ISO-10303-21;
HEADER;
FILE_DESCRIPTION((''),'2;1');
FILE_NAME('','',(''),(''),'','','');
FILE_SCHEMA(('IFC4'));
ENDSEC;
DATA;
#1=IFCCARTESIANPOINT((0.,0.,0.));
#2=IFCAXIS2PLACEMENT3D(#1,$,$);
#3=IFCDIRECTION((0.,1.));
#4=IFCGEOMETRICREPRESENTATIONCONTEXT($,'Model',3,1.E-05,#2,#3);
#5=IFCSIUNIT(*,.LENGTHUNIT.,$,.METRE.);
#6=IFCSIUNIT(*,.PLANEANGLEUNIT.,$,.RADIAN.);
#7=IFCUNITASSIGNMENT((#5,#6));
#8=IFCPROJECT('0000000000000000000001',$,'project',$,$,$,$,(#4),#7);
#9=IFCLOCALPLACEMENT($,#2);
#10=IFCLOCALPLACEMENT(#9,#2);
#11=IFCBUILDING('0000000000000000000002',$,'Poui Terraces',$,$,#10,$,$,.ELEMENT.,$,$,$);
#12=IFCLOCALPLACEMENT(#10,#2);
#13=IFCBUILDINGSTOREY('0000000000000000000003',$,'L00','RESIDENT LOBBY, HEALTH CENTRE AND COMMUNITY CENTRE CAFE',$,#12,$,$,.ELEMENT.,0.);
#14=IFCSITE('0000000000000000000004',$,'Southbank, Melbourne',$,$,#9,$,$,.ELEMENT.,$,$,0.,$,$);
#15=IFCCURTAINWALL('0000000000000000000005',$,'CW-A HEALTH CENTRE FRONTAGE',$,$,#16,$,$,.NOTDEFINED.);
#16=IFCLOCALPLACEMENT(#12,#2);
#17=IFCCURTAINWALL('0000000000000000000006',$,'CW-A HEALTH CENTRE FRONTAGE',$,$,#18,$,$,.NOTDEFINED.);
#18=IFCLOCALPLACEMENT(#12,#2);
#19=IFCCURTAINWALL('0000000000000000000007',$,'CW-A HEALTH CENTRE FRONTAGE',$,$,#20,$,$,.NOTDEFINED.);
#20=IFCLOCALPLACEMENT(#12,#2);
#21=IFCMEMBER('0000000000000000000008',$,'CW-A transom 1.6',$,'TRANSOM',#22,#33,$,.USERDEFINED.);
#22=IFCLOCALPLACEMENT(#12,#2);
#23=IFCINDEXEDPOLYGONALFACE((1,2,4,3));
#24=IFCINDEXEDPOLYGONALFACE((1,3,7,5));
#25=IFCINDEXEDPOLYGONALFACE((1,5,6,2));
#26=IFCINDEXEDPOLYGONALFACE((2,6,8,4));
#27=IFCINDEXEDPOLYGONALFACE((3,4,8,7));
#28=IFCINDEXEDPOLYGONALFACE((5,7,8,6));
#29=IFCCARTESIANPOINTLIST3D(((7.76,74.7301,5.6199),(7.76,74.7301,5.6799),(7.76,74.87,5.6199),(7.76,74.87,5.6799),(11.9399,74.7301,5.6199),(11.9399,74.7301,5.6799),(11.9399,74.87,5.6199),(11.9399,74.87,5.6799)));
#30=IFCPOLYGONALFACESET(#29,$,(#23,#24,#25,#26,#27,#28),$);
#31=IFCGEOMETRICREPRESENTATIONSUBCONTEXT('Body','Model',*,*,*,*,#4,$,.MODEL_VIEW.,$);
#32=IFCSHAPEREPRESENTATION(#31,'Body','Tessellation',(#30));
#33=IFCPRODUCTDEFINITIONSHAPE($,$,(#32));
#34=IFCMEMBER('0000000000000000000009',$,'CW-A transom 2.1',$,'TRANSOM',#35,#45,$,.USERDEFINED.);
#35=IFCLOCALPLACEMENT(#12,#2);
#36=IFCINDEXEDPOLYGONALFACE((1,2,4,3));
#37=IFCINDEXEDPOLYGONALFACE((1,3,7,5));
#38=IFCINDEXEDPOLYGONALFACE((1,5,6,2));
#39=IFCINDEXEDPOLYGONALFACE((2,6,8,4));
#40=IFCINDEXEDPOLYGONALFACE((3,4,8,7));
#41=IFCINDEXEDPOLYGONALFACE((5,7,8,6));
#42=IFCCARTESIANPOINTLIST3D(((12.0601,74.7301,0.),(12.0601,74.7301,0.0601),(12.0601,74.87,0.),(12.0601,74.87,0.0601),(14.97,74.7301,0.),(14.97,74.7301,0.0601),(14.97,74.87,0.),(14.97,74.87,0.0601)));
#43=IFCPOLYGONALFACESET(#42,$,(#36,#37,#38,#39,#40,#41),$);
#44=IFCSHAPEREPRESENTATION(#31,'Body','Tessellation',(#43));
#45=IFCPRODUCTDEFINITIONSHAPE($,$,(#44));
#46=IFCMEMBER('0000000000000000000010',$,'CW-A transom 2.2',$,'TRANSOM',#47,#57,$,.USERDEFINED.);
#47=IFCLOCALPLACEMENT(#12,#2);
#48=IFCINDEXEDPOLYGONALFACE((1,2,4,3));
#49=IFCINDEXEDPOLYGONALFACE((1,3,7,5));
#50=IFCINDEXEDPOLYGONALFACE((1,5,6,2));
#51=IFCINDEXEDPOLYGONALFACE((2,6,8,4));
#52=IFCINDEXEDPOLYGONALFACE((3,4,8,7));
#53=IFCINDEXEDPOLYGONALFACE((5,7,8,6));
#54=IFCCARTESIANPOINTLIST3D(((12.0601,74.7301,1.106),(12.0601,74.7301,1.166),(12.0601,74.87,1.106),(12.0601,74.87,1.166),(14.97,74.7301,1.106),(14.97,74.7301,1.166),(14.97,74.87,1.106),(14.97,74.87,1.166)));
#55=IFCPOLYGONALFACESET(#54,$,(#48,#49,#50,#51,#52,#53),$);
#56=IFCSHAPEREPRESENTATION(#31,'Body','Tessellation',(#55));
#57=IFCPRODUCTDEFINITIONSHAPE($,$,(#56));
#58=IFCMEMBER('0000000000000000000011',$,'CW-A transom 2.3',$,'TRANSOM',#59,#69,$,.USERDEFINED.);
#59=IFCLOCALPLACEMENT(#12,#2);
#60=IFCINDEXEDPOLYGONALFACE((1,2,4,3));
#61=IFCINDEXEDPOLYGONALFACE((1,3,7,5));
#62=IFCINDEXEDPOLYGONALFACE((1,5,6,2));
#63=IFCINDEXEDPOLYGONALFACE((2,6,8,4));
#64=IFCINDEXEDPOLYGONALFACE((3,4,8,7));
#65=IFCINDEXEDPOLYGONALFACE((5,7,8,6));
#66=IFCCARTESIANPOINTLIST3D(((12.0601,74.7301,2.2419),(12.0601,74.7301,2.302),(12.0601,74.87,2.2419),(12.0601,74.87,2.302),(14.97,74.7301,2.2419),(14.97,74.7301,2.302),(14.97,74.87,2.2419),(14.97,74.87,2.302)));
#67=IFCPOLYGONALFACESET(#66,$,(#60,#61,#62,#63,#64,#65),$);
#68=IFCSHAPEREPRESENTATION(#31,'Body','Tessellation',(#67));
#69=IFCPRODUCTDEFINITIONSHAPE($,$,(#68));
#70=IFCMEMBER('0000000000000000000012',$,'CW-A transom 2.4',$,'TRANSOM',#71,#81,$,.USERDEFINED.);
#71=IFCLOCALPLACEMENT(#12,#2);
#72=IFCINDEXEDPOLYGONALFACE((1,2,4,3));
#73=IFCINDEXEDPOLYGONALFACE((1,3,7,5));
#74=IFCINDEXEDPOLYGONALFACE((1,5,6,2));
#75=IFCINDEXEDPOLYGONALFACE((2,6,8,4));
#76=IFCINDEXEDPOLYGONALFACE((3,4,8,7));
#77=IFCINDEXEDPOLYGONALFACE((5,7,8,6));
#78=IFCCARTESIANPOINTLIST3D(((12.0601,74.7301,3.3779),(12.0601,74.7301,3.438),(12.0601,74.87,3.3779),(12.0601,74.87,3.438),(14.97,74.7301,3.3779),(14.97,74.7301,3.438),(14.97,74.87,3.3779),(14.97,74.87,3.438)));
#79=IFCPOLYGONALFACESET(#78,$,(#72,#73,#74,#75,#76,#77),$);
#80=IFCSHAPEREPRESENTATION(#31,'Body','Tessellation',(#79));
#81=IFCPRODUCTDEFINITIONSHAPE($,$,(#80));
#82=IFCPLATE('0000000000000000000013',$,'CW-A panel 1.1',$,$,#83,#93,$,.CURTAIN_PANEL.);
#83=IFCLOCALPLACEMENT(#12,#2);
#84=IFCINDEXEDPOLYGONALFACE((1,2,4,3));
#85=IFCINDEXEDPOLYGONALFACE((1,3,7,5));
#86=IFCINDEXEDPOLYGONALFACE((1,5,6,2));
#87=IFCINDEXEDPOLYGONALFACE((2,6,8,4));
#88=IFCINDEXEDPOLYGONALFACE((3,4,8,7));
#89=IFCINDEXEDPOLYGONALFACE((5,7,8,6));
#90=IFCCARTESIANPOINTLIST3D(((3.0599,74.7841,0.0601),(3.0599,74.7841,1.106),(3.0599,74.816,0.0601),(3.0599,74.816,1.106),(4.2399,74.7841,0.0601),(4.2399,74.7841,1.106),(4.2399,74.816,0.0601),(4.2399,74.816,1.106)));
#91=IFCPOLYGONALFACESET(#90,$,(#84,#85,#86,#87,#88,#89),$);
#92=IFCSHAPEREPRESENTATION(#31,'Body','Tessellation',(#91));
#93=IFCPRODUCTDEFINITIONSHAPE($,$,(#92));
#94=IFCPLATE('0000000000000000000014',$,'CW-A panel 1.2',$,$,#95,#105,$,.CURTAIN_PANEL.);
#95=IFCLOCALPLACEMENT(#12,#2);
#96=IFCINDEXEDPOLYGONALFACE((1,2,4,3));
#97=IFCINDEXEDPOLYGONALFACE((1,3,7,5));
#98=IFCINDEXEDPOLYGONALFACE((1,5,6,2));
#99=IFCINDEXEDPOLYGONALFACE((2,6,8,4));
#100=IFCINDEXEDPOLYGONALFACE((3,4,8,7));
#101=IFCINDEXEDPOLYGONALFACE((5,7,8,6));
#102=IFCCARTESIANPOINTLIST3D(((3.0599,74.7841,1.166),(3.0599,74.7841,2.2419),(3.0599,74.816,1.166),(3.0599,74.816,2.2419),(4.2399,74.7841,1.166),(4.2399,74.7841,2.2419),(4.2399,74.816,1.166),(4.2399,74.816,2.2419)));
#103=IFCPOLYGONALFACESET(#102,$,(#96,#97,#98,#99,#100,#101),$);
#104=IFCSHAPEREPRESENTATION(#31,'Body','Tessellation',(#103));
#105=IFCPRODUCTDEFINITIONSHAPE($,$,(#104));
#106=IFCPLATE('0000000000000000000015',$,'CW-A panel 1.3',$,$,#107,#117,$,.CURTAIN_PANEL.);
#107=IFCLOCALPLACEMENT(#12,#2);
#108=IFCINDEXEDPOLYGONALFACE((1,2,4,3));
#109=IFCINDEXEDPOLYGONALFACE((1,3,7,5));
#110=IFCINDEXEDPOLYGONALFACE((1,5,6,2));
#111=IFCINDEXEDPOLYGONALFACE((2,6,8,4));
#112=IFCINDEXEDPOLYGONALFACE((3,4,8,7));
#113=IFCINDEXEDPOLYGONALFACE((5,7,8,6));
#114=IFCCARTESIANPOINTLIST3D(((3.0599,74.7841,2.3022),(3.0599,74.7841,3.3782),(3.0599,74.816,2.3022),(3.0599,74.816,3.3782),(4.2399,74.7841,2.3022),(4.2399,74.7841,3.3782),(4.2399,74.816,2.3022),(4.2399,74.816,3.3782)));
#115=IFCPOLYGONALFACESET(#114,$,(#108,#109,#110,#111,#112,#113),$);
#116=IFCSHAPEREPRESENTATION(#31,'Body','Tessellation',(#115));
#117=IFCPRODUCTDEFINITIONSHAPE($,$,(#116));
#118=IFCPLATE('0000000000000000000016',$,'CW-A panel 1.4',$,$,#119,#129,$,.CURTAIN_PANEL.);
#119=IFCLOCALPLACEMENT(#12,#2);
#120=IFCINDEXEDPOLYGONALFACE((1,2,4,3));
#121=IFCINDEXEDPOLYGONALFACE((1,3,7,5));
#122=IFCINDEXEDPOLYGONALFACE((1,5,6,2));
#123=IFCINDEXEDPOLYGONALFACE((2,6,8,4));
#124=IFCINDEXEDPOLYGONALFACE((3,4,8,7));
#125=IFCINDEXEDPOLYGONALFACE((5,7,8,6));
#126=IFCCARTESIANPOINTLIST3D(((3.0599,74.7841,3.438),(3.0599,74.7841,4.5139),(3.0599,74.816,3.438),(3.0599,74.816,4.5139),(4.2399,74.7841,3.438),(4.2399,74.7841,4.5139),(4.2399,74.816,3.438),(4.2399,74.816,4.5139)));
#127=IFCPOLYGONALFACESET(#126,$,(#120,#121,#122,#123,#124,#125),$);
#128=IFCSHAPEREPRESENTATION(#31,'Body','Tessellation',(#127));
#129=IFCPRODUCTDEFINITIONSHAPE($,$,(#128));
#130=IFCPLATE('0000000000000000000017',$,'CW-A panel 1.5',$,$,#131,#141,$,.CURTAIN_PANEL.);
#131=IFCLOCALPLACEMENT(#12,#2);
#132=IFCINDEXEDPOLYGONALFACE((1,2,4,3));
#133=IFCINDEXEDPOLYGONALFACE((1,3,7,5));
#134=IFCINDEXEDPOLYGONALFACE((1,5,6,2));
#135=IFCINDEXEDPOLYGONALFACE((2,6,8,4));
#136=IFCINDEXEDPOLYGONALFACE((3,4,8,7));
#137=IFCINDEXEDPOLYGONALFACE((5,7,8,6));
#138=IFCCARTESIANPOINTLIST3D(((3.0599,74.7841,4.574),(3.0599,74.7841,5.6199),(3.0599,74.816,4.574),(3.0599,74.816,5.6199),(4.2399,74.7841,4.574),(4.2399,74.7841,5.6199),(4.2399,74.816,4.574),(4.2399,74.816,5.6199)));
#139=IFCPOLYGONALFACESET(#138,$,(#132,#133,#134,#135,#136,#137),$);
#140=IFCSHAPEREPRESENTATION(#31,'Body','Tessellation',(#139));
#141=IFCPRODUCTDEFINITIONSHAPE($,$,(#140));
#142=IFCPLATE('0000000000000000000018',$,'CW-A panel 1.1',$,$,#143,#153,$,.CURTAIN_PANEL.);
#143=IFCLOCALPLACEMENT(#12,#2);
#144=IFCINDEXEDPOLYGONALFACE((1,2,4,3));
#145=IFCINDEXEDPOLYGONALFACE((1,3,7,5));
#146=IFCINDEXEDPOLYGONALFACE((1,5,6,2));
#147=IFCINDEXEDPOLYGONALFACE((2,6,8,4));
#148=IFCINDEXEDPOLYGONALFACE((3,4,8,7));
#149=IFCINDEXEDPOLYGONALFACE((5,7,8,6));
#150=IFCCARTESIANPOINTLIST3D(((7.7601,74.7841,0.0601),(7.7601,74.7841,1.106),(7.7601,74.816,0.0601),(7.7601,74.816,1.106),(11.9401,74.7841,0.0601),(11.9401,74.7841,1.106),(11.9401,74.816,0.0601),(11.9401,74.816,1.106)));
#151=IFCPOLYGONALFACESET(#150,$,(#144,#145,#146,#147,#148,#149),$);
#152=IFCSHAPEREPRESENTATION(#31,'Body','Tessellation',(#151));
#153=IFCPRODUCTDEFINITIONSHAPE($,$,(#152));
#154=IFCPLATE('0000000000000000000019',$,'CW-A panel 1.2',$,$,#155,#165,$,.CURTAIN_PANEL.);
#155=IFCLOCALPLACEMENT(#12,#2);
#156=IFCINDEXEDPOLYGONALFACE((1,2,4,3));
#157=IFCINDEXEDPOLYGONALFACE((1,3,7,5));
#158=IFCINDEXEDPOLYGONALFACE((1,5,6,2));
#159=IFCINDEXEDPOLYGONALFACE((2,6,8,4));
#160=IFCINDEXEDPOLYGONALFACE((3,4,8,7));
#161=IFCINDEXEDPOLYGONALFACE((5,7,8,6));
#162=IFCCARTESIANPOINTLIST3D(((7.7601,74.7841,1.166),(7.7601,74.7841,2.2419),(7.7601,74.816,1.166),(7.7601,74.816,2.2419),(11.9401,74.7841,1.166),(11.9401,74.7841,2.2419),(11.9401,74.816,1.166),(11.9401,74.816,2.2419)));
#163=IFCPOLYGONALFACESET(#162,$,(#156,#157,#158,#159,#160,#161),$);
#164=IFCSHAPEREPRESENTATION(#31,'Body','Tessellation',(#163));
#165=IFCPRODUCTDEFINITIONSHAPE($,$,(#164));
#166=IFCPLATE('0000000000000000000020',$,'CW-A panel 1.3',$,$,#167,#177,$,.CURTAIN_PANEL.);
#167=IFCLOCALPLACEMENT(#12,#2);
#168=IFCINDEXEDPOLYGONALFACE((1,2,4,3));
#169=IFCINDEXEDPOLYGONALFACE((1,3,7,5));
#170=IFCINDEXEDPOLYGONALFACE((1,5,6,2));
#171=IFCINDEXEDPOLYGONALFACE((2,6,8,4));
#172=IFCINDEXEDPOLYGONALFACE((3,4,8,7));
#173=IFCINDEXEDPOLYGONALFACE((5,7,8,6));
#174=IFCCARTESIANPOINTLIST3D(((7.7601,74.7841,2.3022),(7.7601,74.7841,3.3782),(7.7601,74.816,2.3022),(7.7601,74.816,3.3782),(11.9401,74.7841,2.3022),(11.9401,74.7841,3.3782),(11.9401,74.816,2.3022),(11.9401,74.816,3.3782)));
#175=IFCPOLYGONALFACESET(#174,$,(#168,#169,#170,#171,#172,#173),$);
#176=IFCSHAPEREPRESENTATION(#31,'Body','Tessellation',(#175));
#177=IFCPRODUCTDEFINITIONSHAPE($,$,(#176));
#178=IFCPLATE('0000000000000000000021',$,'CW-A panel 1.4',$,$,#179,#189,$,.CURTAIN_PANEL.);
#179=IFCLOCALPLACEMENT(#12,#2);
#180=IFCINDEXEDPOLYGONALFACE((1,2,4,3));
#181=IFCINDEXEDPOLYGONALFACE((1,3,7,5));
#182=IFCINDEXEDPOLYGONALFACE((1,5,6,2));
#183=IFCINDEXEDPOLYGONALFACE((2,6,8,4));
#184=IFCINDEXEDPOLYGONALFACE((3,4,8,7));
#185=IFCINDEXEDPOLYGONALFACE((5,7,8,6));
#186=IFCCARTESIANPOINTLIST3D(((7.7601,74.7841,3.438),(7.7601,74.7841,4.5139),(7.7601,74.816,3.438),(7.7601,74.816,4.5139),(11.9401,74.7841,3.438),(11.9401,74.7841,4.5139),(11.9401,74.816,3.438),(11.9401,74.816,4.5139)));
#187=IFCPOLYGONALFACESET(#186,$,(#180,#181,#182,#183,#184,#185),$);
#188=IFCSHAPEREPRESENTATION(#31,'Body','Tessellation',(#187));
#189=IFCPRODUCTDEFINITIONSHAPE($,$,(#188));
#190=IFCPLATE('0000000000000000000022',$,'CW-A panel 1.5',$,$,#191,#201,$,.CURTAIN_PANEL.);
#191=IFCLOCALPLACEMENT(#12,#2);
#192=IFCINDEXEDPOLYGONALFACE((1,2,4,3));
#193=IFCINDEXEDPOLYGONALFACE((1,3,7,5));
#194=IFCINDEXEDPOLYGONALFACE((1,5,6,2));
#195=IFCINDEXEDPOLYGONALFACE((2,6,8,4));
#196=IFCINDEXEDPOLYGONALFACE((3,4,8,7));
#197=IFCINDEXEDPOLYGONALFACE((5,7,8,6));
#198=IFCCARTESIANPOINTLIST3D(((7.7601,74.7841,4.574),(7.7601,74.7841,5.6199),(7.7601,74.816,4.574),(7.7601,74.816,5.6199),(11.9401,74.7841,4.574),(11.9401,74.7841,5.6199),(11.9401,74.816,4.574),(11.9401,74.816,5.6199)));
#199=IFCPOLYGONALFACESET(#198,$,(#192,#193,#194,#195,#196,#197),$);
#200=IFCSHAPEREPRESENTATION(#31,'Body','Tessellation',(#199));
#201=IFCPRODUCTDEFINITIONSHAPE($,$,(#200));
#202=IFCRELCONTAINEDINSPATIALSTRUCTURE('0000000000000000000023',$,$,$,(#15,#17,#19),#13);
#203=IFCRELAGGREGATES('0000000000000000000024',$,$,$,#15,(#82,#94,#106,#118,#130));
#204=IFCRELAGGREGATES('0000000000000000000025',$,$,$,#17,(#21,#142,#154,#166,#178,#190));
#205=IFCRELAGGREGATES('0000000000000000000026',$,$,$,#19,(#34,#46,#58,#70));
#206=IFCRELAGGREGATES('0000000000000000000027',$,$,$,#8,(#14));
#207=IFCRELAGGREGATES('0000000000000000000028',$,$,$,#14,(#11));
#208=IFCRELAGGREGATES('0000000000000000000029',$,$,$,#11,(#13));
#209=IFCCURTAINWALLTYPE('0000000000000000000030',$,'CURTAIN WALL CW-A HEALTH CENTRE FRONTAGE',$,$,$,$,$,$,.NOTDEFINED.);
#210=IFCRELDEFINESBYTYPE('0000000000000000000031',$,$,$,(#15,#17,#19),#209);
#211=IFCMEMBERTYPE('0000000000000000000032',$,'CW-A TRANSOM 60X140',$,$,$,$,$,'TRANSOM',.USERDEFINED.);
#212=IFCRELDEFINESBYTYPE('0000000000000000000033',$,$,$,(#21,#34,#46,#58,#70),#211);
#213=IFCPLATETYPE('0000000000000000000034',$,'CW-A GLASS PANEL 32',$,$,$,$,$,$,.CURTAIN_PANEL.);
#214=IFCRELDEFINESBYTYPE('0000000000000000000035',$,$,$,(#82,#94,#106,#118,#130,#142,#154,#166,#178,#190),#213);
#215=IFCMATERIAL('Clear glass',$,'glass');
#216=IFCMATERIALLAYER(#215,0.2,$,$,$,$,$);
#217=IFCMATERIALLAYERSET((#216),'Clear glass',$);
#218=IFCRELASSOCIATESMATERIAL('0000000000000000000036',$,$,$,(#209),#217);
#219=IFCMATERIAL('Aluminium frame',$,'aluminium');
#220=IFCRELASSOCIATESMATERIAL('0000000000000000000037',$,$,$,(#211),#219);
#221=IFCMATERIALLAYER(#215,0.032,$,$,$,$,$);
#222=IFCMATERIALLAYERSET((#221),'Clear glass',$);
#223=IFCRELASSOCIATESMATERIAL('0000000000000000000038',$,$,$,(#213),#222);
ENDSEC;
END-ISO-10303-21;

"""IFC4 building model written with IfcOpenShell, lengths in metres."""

from ifc_helpers import new_model, si_unit, direction, frame, origin, origin_2d, place, context, subcontext, project, spatial, rectangle, extrude, material, layer, layer_set, material_profile, profile_set, type_object, element, aggregate, save


model = new_model("IFC4")

# Units and contexts
model_context = context("Model", 3, precision=1e-05, world=origin(), true_north=direction((0.0, 1.0)))
body_context = subcontext(model_context, "Body", "Model", "MODEL_VIEW")
ifc_project = project(units=[si_unit("LENGTHUNIT", "METRE"), si_unit("PLANEANGLEUNIT", "RADIAN")], contexts=[model_context])

# Site, building, storey
site_placement = place(None, origin())
site = spatial("IfcSite", under=ifc_project, at=site_placement, Name="Southbank, Melbourne", CompositionType="ELEMENT", RefElevation=0.0)
building_placement = place(site_placement, origin())
building = spatial("IfcBuilding", under=site, at=building_placement, Name="Poui Terraces", CompositionType="ELEMENT")
storey_placement = place(building_placement, origin())
storey = spatial("IfcBuildingStorey", under=building, at=storey_placement, Name="L00", Description="RESIDENT LOBBY, HEALTH CENTRE AND COMMUNITY CENTRE CAFE", CompositionType="ELEMENT", Elevation=0.0)

# Curtain wall
ifc_material_1 = material(Name="Clear glass", Category="glass")
ifc_layer_1 = layer(ifc_material_1, 0.2)
ifc_layer_set_1 = layer_set([ifc_layer_1], Name="Clear glass")
curtain_wall_type = type_object("IfcCurtainWallType", Name="CURTAIN WALL CW-A HEALTH CENTRE FRONTAGE", PredefinedType="NOTDEFINED", material=ifc_layer_set_1)
curtain_wall_1_placement = place(storey_placement, origin())
curtain_wall_1 = element("IfcCurtainWall", 1, at=curtain_wall_1_placement, inside=storey, type_object=curtain_wall_type, Name="CW-A HEALTH CENTRE FRONTAGE", PredefinedType="NOTDEFINED")
ifc_material_2 = material(Name="Aluminium frame", Category="aluminium")

# Curtain wall
curtain_wall_2_placement = place(storey_placement, origin())
curtain_wall_2 = element("IfcCurtainWall", 2, at=curtain_wall_2_placement, inside=storey, type_object=curtain_wall_type, Name="CW-A HEALTH CENTRE FRONTAGE", PredefinedType="NOTDEFINED")

# Curtain wall
curtain_wall_3_placement = place(storey_placement, origin())
curtain_wall_3 = element("IfcCurtainWall", 3, at=curtain_wall_3_placement, inside=storey, type_object=curtain_wall_type, Name="CW-A HEALTH CENTRE FRONTAGE", PredefinedType="NOTDEFINED")

# Members
ifc_material_profile_1 = material_profile(ifc_material_2, rectangle(XDim=0.1399, YDim=0.0601, at=origin_2d()), Name="CW-A TRANSOM 60X140")
ifc_profile_set_1 = profile_set([ifc_material_profile_1], Name="Aluminium frame")
member_type_1 = type_object("IfcMemberType", Name="CW-A TRANSOM 60X140", ElementType="TRANSOM", PredefinedType="USERDEFINED", material=ifc_profile_set_1)
member_1_placement = place(storey_placement, frame((11.9399, 74.8, 5.6499), z_axis=(-1.0, 0.0, 0.0), x_axis=(0.0, -1.0, 0.0)))
member_1 = element("IfcMember", 4, at=member_1_placement, type_object=member_type_1, Name="CW-A transom 1.6", ObjectType="TRANSOM", PredefinedType="USERDEFINED", context=body_context, shape_type="SweptSolid", body=[
    extrude(rectangle(XDim=0.1399, YDim=0.0601, at=origin_2d()), origin(), (0.0, 0.0, 1.0), 4.1799),
])
member_2_placement = place(storey_placement, frame((14.97, 74.8, 0.03), z_axis=(-1.0, 0.0, 0.0), x_axis=(0.0, -1.0, 0.0)))
member_2 = element("IfcMember", 5, at=member_2_placement, type_object=member_type_1, Name="CW-A transom 2.1", ObjectType="TRANSOM", PredefinedType="USERDEFINED", context=body_context, shape_type="SweptSolid", body=[
    extrude(rectangle(XDim=0.1399, YDim=0.0601, at=origin_2d()), origin(), (0.0, 0.0, 1.0), 2.9099),
])
member_3_placement = place(storey_placement, frame((14.97, 74.8, 1.136), z_axis=(-1.0, 0.0, 0.0), x_axis=(0.0, -1.0, 0.0)))
member_3 = element("IfcMember", 6, at=member_3_placement, type_object=member_type_1, Name="CW-A transom 2.2", ObjectType="TRANSOM", PredefinedType="USERDEFINED", context=body_context, shape_type="SweptSolid", body=[
    extrude(rectangle(XDim=0.1399, YDim=0.0601, at=origin_2d()), origin(), (0.0, 0.0, 1.0), 2.9099),
])
member_4_placement = place(storey_placement, frame((14.97, 74.8, 2.272), z_axis=(-1.0, 0.0, 0.0), x_axis=(0.0, -1.0, 0.0)))
member_4 = element("IfcMember", 7, at=member_4_placement, type_object=member_type_1, Name="CW-A transom 2.3", ObjectType="TRANSOM", PredefinedType="USERDEFINED", context=body_context, shape_type="SweptSolid", body=[
    extrude(rectangle(XDim=0.1399, YDim=0.0601, at=origin_2d()), origin(), (0.0, 0.0, 1.0), 2.9099),
])
member_5_placement = place(storey_placement, frame((14.97, 74.8, 3.408), z_axis=(-1.0, 0.0, 0.0), x_axis=(0.0, -1.0, 0.0)))
member_5 = element("IfcMember", 8, at=member_5_placement, type_object=member_type_1, Name="CW-A transom 2.4", ObjectType="TRANSOM", PredefinedType="USERDEFINED", context=body_context, shape_type="SweptSolid", body=[
    extrude(rectangle(XDim=0.1399, YDim=0.0601, at=origin_2d()), origin(), (0.0, 0.0, 1.0), 2.9099),
])

# Plates
ifc_layer_2 = layer(ifc_material_1, 0.032)
ifc_layer_set_2 = layer_set([ifc_layer_2], Name="Clear glass")
plate_type = type_object("IfcPlateType", Name="CW-A GLASS PANEL 32", PredefinedType="CURTAIN_PANEL", material=ifc_layer_set_2)
plate_1_placement = place(storey_placement, frame((3.6499, 74.8, 0.0601), z_axis=(0.0, 0.0, 1.0), x_axis=(-1.0, 0.0, 0.0)))
plate_1 = element("IfcPlate", 9, at=plate_1_placement, type_object=plate_type, Name="CW-A panel 1.1", PredefinedType="CURTAIN_PANEL", context=body_context, shape_type="SweptSolid", body=[
    extrude(rectangle(XDim=1.1799, YDim=0.032, at=origin_2d()), origin(), (0.0, 0.0, 1.0), 1.0459),
])
plate_2_placement = place(storey_placement, frame((3.6499, 74.8, 1.166), z_axis=(0.0, 0.0, 1.0), x_axis=(-1.0, 0.0, 0.0)))
plate_2 = element("IfcPlate", 10, at=plate_2_placement, type_object=plate_type, Name="CW-A panel 1.2", PredefinedType="CURTAIN_PANEL", context=body_context, shape_type="SweptSolid", body=[
    extrude(rectangle(XDim=1.1799, YDim=0.032, at=origin_2d()), origin(), (0.0, 0.0, 1.0), 1.0759),
])
plate_3_placement = place(storey_placement, frame((3.6499, 74.8, 2.3022), z_axis=(0.0, 0.0, 1.0), x_axis=(-1.0, 0.0, 0.0)))
plate_3 = element("IfcPlate", 11, at=plate_3_placement, type_object=plate_type, Name="CW-A panel 1.3", PredefinedType="CURTAIN_PANEL", context=body_context, shape_type="SweptSolid", body=[
    extrude(rectangle(XDim=1.1799, YDim=0.032, at=origin_2d()), origin(), (0.0, 0.0, 1.0), 1.0759),
])
plate_4_placement = place(storey_placement, frame((3.6499, 74.8, 3.438), z_axis=(0.0, 0.0, 1.0), x_axis=(-1.0, 0.0, 0.0)))
plate_4 = element("IfcPlate", 12, at=plate_4_placement, type_object=plate_type, Name="CW-A panel 1.4", PredefinedType="CURTAIN_PANEL", context=body_context, shape_type="SweptSolid", body=[
    extrude(rectangle(XDim=1.1799, YDim=0.032, at=origin_2d()), origin(), (0.0, 0.0, 1.0), 1.0759),
])
plate_5_placement = place(storey_placement, frame((3.6499, 74.8, 4.574), z_axis=(0.0, 0.0, 1.0), x_axis=(-1.0, 0.0, 0.0)))
plate_5 = element("IfcPlate", 13, at=plate_5_placement, type_object=plate_type, Name="CW-A panel 1.5", PredefinedType="CURTAIN_PANEL", context=body_context, shape_type="SweptSolid", body=[
    extrude(rectangle(XDim=1.1799, YDim=0.032, at=origin_2d()), origin(), (0.0, 0.0, 1.0), 1.0459),
])
aggregate(curtain_wall_1, [plate_1, plate_2, plate_3, plate_4, plate_5])
plate_6_placement = place(storey_placement, frame((9.8501, 74.8, 0.0601), z_axis=(0.0, 0.0, 1.0), x_axis=(-1.0, 0.0, 0.0)))
plate_6 = element("IfcPlate", 14, at=plate_6_placement, type_object=plate_type, Name="CW-A panel 1.1", PredefinedType="CURTAIN_PANEL", context=body_context, shape_type="SweptSolid", body=[
    extrude(rectangle(XDim=4.1799, YDim=0.032, at=origin_2d()), origin(), (0.0, 0.0, 1.0), 1.0459),
])
plate_7_placement = place(storey_placement, frame((9.8501, 74.8, 1.166), z_axis=(0.0, 0.0, 1.0), x_axis=(-1.0, 0.0, 0.0)))
plate_7 = element("IfcPlate", 15, at=plate_7_placement, type_object=plate_type, Name="CW-A panel 1.2", PredefinedType="CURTAIN_PANEL", context=body_context, shape_type="SweptSolid", body=[
    extrude(rectangle(XDim=4.1799, YDim=0.032, at=origin_2d()), origin(), (0.0, 0.0, 1.0), 1.0759),
])
plate_8_placement = place(storey_placement, frame((9.8501, 74.8, 2.3022), z_axis=(0.0, 0.0, 1.0), x_axis=(-1.0, 0.0, 0.0)))
plate_8 = element("IfcPlate", 16, at=plate_8_placement, type_object=plate_type, Name="CW-A panel 1.3", PredefinedType="CURTAIN_PANEL", context=body_context, shape_type="SweptSolid", body=[
    extrude(rectangle(XDim=4.1799, YDim=0.032, at=origin_2d()), origin(), (0.0, 0.0, 1.0), 1.0759),
])
plate_9_placement = place(storey_placement, frame((9.8501, 74.8, 3.438), z_axis=(0.0, 0.0, 1.0), x_axis=(-1.0, 0.0, 0.0)))
plate_9 = element("IfcPlate", 17, at=plate_9_placement, type_object=plate_type, Name="CW-A panel 1.4", PredefinedType="CURTAIN_PANEL", context=body_context, shape_type="SweptSolid", body=[
    extrude(rectangle(XDim=4.1799, YDim=0.032, at=origin_2d()), origin(), (0.0, 0.0, 1.0), 1.0759),
])
plate_10_placement = place(storey_placement, frame((9.8501, 74.8, 4.574), z_axis=(0.0, 0.0, 1.0), x_axis=(-1.0, 0.0, 0.0)))
plate_10 = element("IfcPlate", 18, at=plate_10_placement, type_object=plate_type, Name="CW-A panel 1.5", PredefinedType="CURTAIN_PANEL", context=body_context, shape_type="SweptSolid", body=[
    extrude(rectangle(XDim=4.1799, YDim=0.032, at=origin_2d()), origin(), (0.0, 0.0, 1.0), 1.0459),
])
aggregate(curtain_wall_2, [member_1, plate_6, plate_7, plate_8, plate_9, plate_10])
aggregate(curtain_wall_3, [member_2, member_3, member_4, member_5])

save(model, "model.ifc")
